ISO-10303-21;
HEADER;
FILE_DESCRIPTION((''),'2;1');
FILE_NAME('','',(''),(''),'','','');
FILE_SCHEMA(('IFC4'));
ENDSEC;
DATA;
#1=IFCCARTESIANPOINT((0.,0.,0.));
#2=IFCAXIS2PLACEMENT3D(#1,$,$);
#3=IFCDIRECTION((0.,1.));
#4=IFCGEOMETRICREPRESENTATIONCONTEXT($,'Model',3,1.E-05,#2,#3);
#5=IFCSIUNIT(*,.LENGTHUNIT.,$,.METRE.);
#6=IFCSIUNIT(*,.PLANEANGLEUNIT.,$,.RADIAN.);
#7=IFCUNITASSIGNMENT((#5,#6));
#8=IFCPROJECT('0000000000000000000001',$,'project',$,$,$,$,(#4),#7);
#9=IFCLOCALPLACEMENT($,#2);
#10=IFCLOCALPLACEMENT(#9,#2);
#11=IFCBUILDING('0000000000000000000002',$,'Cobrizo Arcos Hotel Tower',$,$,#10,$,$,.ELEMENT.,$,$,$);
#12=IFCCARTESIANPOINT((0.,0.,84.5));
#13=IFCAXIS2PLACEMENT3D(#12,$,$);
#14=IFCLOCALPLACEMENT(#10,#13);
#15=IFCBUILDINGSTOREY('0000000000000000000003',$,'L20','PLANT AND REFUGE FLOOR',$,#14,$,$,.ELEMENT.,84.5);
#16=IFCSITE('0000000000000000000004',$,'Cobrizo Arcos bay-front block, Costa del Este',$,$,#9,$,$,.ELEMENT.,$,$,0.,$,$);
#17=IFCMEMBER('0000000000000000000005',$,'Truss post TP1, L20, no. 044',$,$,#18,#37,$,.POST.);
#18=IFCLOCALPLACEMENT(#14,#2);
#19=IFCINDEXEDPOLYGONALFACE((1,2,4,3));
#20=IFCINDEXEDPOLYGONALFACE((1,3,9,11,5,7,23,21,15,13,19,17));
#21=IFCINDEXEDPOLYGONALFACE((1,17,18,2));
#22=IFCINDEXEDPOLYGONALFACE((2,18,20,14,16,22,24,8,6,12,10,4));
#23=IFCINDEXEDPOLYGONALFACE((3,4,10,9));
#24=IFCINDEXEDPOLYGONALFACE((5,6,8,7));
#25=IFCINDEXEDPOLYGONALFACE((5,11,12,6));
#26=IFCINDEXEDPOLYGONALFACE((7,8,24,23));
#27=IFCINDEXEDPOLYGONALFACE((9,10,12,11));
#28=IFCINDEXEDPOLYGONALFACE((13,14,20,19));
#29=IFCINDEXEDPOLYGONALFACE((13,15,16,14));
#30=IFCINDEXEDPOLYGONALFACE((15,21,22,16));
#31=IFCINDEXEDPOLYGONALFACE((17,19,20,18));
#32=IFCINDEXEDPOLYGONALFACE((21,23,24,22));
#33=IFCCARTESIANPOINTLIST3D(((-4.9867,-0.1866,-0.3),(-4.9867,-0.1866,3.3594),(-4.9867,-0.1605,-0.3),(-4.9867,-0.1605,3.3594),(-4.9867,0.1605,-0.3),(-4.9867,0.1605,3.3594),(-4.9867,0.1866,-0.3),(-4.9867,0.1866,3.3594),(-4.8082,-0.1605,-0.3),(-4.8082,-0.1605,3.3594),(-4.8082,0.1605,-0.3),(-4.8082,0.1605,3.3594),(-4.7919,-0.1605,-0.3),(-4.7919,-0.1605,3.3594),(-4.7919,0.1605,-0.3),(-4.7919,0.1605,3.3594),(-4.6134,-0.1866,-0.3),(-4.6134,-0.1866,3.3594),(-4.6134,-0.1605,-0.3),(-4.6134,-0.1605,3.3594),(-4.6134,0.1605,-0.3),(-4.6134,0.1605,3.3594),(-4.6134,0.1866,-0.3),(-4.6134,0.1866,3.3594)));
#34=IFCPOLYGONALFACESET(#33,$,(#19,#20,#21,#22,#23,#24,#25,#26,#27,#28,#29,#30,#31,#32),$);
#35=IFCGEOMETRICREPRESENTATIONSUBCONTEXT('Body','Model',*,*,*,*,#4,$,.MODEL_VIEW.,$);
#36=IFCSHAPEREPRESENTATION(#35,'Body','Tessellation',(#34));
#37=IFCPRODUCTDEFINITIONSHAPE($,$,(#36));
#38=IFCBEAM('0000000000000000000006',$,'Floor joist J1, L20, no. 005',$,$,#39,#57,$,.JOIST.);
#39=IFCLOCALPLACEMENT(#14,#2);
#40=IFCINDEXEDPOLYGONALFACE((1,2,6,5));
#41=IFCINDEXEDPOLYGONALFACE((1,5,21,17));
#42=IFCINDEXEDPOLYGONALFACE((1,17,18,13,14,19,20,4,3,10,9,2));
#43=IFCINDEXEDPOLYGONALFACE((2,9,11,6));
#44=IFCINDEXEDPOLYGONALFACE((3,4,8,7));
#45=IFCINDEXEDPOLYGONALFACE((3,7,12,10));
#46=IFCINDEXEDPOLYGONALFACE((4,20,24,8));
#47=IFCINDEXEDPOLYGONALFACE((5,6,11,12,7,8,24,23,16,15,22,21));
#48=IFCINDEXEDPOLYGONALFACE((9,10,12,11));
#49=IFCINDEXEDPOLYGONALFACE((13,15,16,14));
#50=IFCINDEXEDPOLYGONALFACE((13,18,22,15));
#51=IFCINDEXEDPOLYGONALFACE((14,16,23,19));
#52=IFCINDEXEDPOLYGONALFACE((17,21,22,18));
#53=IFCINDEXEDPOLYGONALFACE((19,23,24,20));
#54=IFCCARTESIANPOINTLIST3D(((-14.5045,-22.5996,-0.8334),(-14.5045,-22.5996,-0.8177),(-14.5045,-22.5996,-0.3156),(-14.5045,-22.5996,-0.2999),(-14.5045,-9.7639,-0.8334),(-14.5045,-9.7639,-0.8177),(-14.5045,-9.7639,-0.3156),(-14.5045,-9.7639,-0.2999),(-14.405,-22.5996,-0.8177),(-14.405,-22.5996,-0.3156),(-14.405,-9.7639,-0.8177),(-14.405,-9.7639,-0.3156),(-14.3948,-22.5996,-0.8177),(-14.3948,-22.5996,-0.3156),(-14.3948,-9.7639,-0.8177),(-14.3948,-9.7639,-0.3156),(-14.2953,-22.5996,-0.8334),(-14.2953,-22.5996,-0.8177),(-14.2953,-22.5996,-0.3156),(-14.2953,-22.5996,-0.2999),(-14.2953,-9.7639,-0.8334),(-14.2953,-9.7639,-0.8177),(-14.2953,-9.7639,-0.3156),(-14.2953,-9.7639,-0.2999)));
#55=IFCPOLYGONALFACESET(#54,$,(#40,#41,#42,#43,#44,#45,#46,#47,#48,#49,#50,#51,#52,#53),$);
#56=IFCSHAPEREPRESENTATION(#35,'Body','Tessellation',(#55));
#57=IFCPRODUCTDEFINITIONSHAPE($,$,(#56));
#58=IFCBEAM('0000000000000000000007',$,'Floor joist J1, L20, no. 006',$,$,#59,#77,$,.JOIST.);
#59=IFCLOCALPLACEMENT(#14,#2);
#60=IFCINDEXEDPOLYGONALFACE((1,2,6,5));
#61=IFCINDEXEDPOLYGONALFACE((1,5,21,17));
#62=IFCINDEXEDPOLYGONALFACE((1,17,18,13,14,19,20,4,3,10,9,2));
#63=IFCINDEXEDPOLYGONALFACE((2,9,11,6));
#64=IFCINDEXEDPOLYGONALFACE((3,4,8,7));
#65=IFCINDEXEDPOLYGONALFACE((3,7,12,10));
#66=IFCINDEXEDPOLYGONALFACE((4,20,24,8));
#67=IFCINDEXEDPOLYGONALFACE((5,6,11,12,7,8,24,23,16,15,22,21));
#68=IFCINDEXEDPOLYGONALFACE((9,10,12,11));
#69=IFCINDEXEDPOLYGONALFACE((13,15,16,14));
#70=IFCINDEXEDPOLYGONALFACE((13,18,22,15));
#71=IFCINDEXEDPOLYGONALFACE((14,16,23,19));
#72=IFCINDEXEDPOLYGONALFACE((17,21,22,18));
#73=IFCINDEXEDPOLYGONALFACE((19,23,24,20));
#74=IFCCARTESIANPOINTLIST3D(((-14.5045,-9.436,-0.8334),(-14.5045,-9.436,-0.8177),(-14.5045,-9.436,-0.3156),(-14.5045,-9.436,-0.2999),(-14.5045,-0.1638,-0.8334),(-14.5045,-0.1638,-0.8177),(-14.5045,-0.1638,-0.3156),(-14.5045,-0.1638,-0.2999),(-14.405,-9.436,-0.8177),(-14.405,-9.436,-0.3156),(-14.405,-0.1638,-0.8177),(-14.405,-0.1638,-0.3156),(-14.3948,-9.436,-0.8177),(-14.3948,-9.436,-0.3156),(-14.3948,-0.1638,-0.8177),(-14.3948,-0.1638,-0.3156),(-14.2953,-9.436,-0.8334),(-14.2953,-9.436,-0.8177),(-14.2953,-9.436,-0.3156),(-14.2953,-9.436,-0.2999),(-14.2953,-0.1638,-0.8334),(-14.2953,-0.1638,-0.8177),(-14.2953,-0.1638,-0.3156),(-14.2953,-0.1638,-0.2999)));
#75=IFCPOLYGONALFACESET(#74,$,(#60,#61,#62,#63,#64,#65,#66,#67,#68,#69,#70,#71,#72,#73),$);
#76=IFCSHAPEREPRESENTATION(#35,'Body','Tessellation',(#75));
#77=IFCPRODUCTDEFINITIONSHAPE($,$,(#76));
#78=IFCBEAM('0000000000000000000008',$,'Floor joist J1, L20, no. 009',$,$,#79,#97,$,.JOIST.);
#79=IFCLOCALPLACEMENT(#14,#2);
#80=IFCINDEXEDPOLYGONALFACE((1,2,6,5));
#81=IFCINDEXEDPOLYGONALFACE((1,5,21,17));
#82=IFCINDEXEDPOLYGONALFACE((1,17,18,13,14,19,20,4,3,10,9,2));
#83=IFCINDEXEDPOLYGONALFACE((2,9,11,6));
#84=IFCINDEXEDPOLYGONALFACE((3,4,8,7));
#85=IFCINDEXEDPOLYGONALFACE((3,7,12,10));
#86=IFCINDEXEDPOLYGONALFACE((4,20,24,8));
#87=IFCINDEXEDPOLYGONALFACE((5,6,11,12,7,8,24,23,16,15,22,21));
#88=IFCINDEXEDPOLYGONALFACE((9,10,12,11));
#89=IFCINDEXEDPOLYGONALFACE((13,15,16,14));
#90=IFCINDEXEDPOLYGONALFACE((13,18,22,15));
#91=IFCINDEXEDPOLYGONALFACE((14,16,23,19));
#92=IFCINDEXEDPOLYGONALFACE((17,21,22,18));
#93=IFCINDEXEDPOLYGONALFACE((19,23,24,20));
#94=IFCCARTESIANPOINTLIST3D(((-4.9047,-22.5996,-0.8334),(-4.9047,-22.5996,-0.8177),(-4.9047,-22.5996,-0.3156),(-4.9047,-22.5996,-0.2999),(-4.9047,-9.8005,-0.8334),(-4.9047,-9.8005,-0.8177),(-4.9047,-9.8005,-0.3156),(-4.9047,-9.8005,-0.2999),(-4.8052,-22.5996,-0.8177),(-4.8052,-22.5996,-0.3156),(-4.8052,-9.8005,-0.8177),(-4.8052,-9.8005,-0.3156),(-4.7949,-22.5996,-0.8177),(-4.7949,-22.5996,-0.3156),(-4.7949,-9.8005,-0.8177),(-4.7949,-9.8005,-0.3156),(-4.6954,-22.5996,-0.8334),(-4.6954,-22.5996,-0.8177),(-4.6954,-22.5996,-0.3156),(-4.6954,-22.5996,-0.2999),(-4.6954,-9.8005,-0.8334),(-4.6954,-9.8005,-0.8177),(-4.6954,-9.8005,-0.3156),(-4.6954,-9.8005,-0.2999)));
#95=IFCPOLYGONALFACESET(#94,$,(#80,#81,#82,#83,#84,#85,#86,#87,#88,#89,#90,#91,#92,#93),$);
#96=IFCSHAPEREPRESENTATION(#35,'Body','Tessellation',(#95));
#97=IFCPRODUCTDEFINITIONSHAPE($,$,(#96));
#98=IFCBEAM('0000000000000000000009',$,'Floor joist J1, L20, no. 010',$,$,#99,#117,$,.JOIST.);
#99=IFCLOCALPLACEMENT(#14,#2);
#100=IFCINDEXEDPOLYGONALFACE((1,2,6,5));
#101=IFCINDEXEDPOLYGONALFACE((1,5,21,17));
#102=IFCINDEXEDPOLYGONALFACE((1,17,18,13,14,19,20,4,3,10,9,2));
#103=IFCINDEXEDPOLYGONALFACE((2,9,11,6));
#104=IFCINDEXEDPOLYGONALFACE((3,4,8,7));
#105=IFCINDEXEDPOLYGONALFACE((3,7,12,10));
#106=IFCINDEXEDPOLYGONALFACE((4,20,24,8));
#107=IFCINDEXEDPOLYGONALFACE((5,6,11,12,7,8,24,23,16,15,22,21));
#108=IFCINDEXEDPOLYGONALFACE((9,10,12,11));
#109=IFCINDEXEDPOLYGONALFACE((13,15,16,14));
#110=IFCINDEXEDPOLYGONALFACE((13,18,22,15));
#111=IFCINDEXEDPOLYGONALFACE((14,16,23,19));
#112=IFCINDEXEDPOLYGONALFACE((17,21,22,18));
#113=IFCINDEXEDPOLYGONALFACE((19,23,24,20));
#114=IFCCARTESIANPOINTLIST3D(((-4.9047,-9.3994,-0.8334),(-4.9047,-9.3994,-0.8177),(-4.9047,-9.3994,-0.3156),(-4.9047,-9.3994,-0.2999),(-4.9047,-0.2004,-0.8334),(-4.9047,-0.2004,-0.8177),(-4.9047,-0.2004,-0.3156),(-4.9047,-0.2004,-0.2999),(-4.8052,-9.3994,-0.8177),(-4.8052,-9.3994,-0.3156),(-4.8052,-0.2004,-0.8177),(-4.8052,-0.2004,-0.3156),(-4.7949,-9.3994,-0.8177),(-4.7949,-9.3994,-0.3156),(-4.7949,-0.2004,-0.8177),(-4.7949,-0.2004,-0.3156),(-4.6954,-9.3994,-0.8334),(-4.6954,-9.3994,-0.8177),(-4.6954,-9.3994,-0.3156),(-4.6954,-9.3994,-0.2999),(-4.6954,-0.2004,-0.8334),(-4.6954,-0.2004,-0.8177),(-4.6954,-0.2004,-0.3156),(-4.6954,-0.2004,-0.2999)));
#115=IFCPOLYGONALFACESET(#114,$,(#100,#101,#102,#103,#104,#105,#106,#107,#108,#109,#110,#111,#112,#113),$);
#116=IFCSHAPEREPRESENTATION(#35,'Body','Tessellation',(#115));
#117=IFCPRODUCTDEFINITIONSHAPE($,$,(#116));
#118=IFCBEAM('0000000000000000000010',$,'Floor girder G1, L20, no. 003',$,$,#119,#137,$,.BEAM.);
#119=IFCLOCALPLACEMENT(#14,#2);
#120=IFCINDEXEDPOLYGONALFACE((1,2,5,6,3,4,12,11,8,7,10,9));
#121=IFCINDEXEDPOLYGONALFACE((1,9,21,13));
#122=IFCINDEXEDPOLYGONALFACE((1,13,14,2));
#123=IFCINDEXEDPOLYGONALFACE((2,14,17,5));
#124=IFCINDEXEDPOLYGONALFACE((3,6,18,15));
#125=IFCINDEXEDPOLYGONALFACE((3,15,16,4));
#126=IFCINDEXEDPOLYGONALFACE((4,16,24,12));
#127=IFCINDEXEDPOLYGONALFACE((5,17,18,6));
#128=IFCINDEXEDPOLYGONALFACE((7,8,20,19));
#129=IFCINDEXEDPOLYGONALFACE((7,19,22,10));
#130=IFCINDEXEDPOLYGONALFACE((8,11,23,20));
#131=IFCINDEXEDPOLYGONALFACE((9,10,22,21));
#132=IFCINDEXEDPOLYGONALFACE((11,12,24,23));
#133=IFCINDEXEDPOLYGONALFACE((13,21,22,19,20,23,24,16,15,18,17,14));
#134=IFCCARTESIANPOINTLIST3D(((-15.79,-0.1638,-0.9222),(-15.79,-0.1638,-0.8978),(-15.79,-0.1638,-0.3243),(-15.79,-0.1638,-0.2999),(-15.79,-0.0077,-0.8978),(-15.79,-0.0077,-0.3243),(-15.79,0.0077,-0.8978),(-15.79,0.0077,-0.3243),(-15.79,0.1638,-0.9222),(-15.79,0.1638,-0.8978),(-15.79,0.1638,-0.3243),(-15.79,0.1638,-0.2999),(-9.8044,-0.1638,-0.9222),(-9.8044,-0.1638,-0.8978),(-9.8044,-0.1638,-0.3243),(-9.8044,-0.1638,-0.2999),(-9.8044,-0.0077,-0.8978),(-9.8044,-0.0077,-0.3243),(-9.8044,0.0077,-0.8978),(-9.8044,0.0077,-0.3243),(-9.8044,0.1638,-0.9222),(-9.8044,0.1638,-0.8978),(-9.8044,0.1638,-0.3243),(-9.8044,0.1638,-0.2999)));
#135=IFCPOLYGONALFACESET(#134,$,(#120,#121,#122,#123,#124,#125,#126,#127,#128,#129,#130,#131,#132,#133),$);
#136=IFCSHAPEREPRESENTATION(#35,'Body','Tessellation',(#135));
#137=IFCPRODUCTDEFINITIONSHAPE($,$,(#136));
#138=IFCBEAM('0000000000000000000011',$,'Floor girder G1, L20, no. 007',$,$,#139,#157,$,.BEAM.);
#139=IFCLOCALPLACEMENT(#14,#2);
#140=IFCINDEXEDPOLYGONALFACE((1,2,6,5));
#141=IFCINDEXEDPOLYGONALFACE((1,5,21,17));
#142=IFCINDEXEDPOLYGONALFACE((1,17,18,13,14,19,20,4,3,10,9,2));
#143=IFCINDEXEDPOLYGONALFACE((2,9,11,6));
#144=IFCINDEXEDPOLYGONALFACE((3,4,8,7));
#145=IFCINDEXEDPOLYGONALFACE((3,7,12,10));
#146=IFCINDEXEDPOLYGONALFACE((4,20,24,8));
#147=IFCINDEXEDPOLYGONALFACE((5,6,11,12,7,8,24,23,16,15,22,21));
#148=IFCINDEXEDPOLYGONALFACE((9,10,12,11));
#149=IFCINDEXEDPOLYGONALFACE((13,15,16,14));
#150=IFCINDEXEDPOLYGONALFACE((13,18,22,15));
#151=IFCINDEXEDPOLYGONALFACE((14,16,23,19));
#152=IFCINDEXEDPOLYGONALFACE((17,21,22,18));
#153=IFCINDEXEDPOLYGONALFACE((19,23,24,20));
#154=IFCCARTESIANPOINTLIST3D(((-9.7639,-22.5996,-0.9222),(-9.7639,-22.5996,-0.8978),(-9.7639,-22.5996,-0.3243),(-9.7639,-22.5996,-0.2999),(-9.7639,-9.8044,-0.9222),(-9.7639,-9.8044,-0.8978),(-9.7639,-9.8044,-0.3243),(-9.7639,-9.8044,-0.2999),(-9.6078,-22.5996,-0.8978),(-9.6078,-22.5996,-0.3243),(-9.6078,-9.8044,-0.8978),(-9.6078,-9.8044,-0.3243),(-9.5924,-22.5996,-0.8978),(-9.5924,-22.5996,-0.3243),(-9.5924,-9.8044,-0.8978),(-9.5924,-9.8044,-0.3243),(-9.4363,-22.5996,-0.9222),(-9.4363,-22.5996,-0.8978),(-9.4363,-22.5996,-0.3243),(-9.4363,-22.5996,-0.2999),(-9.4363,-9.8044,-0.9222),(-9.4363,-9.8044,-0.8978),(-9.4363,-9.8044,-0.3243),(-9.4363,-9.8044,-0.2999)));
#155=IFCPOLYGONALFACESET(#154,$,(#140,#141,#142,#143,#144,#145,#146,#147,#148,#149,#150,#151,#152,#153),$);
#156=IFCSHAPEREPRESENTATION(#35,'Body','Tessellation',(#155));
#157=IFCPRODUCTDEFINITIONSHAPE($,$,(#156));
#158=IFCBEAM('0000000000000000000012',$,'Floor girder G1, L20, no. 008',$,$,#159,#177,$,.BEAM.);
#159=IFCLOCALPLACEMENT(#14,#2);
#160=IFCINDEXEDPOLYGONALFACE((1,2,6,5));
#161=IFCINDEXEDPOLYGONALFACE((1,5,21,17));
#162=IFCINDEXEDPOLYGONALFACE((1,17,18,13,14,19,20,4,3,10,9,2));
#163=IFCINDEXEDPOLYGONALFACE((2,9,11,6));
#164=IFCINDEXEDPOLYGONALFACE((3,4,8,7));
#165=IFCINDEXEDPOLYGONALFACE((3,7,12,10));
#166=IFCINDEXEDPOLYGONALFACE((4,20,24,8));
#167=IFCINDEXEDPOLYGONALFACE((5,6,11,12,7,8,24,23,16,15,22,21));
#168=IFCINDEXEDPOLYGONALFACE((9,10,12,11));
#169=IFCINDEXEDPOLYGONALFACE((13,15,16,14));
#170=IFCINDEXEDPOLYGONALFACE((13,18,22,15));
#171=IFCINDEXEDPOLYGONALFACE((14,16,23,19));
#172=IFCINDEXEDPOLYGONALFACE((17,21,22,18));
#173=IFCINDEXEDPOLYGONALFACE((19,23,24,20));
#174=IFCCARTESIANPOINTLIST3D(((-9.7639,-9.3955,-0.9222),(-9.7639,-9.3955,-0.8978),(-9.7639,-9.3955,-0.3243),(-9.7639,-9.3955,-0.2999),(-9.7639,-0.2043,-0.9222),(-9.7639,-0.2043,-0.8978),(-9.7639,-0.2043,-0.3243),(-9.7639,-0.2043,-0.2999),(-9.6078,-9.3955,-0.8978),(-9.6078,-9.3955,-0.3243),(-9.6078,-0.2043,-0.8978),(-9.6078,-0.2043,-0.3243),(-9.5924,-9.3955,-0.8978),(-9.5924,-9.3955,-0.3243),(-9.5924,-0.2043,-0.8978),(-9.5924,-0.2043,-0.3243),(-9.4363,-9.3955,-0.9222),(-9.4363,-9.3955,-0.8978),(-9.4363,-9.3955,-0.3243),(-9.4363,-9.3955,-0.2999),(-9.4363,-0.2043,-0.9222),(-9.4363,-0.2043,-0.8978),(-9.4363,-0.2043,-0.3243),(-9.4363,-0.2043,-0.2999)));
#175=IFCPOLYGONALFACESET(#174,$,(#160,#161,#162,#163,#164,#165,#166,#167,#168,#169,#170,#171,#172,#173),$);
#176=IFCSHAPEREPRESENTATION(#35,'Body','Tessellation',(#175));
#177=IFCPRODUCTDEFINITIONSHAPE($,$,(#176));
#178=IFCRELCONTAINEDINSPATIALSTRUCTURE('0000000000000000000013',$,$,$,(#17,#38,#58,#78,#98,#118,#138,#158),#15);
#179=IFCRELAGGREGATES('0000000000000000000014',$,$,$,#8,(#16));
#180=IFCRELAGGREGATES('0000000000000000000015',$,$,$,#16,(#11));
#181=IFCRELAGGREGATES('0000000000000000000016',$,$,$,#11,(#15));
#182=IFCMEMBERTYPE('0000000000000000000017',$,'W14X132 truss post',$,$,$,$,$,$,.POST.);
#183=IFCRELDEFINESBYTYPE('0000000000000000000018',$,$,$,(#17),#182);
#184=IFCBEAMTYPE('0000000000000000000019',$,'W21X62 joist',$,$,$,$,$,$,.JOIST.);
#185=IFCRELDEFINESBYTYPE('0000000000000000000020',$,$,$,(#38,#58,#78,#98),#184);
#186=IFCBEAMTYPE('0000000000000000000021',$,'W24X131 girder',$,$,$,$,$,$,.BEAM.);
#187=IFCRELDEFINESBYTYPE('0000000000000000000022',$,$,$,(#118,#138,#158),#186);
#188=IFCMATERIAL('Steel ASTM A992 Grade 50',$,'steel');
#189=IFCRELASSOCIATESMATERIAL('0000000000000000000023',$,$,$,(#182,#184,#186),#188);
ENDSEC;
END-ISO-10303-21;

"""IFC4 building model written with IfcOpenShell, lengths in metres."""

from ifc_helpers import new_model, si_unit, direction, frame, origin, origin_2d, place, context, subcontext, project, spatial, i_section, extrude, material, material_profile, profile_set, type_object, element, save


model = new_model("IFC4")

# Units and contexts
model_context = context("Model", 3, precision=1e-05, world=origin(), true_north=direction((0.0, 1.0)))
body_context = subcontext(model_context, "Body", "Model", "MODEL_VIEW")
ifc_project = project(units=[si_unit("LENGTHUNIT", "METRE"), si_unit("PLANEANGLEUNIT", "RADIAN")], contexts=[model_context])

# Site, building, storey
site_placement = place(None, origin())
site = spatial("IfcSite", under=ifc_project, at=site_placement, Name="Cobrizo Arcos bay-front block, Costa del Este", CompositionType="ELEMENT", RefElevation=0.0)
building_placement = place(site_placement, origin())
building = spatial("IfcBuilding", under=site, at=building_placement, Name="Cobrizo Arcos Hotel Tower", CompositionType="ELEMENT")
storey_placement = place(building_placement, frame((0.0, 0.0, 84.5)))
storey = spatial("IfcBuildingStorey", under=building, at=storey_placement, Name="L20", Description="PLANT AND REFUGE FLOOR", CompositionType="ELEMENT", Elevation=84.5)

# Shared definitions
ifc_material_1 = material(Name="Steel ASTM A992 Grade 50", Category="steel")

# Member
ifc_material_profile_1 = material_profile(ifc_material_1, i_section(OverallWidth=0.3733, OverallDepth=0.3733, WebThickness=0.0164, FlangeThickness=0.0261, at=origin_2d()), Name="W14X132")
ifc_profile_set_1 = profile_set([ifc_material_profile_1], Name="Steel ASTM A992 Grade 50")
member_type_1 = type_object("IfcMemberType", Name="W14X132 truss post", PredefinedType="POST", material=ifc_profile_set_1)
for number, where, z_axis, x_axis, name in (
    (1, (-4.8, 0.0, -0.3), (0.0, 0.0, 1.0), (1.0, 0.0, 0.0), "Truss post TP1, L20, no. 044"),
):
    element("IfcMember", number, at=place(storey_placement, frame(where, z_axis=z_axis, x_axis=x_axis)), inside=storey, type_object=member_type_1, Name=name, PredefinedType="POST", context=body_context, shape_type="SweptSolid", body=[
        extrude(i_section(OverallWidth=0.3733, OverallDepth=0.3733, WebThickness=0.0164, FlangeThickness=0.0261, at=origin_2d()), origin(), (0.0, 0.0, 1.0), 3.6594),
    ])

# Beams
ifc_material_profile_2 = material_profile(ifc_material_1, i_section(OverallWidth=0.2092, OverallDepth=0.5334, WebThickness=0.0103, FlangeThickness=0.0156, at=origin_2d()), Name="W21X62")
ifc_profile_set_2 = profile_set([ifc_material_profile_2], Name="Steel ASTM A992 Grade 50")
beam_type_1 = type_object("IfcBeamType", Name="W21X62 joist", PredefinedType="JOIST", material=ifc_profile_set_2)
beam_1_placement = place(storey_placement, frame((-14.3999, -22.5996, -0.5667), z_axis=(0.0, 1.0, 0.0), x_axis=(-1.0, 0.0, 0.0)))
element("IfcBeam", 2, at=beam_1_placement, inside=storey, type_object=beam_type_1, Name="Floor joist J1, L20, no. 005", PredefinedType="JOIST", context=body_context, shape_type="SweptSolid", body=[
    extrude(i_section(OverallWidth=0.2092, OverallDepth=0.5334, WebThickness=0.0103, FlangeThickness=0.0156, at=origin_2d()), origin(), (0.0, 0.0, 1.0), 12.8357),
])
beam_2_placement = place(storey_placement, frame((-14.3999, -9.436, -0.5667), z_axis=(0.0, 1.0, 0.0), x_axis=(-1.0, 0.0, 0.0)))
element("IfcBeam", 3, at=beam_2_placement, inside=storey, type_object=beam_type_1, Name="Floor joist J1, L20, no. 006", PredefinedType="JOIST", context=body_context, shape_type="SweptSolid", body=[
    extrude(i_section(OverallWidth=0.2092, OverallDepth=0.5334, WebThickness=0.0103, FlangeThickness=0.0156, at=origin_2d()), origin(), (0.0, 0.0, 1.0), 9.2722),
])
beam_3_placement = place(storey_placement, frame((-4.8, -22.5996, -0.5667), z_axis=(0.0, 1.0, 0.0), x_axis=(-1.0, 0.0, 0.0)))
element("IfcBeam", 4, at=beam_3_placement, inside=storey, type_object=beam_type_1, Name="Floor joist J1, L20, no. 009", PredefinedType="JOIST", context=body_context, shape_type="SweptSolid", body=[
    extrude(i_section(OverallWidth=0.2092, OverallDepth=0.5334, WebThickness=0.0103, FlangeThickness=0.0156, at=origin_2d()), origin(), (0.0, 0.0, 1.0), 12.7991),
])
beam_4_placement = place(storey_placement, frame((-4.8, -9.3994, -0.5667), z_axis=(0.0, 1.0, 0.0), x_axis=(-1.0, 0.0, 0.0)))
element("IfcBeam", 5, at=beam_4_placement, inside=storey, type_object=beam_type_1, Name="Floor joist J1, L20, no. 010", PredefinedType="JOIST", context=body_context, shape_type="SweptSolid", body=[
    extrude(i_section(OverallWidth=0.2092, OverallDepth=0.5334, WebThickness=0.0103, FlangeThickness=0.0156, at=origin_2d()), origin(), (0.0, 0.0, 1.0), 9.199),
])
ifc_material_profile_3 = material_profile(ifc_material_1, i_section(OverallWidth=0.3276, OverallDepth=0.6223, WebThickness=0.0154, FlangeThickness=0.0244, at=origin_2d()), Name="W24X131")
ifc_profile_set_3 = profile_set([ifc_material_profile_3], Name="Steel ASTM A992 Grade 50")
beam_type_2 = type_object("IfcBeamType", Name="W24X131 girder", PredefinedType="BEAM", material=ifc_profile_set_3)
beam_5_placement = place(storey_placement, frame((-15.79, 0.0, -0.6111), z_axis=(1.0, 0.0, 0.0), x_axis=(0.0, 1.0, 0.0)))
element("IfcBeam", 6, at=beam_5_placement, inside=storey, type_object=beam_type_2, Name="Floor girder G1, L20, no. 003", PredefinedType="BEAM", context=body_context, shape_type="SweptSolid", body=[
    extrude(i_section(OverallWidth=0.3276, OverallDepth=0.6223, WebThickness=0.0154, FlangeThickness=0.0244, at=origin_2d()), origin(), (0.0, 0.0, 1.0), 5.9856),
])
beam_6_placement = place(storey_placement, frame((-9.6001, -22.5996, -0.6111), z_axis=(0.0, 1.0, 0.0), x_axis=(-1.0, 0.0, 0.0)))
element("IfcBeam", 7, at=beam_6_placement, inside=storey, type_object=beam_type_2, Name="Floor girder G1, L20, no. 007", PredefinedType="BEAM", context=body_context, shape_type="SweptSolid", body=[
    extrude(i_section(OverallWidth=0.3276, OverallDepth=0.6223, WebThickness=0.0154, FlangeThickness=0.0244, at=origin_2d()), origin(), (0.0, 0.0, 1.0), 12.7952),
])
beam_7_placement = place(storey_placement, frame((-9.6001, -9.3955, -0.6111), z_axis=(0.0, 1.0, 0.0), x_axis=(-1.0, 0.0, 0.0)))
element("IfcBeam", 8, at=beam_7_placement, inside=storey, type_object=beam_type_2, Name="Floor girder G1, L20, no. 008", PredefinedType="BEAM", context=body_context, shape_type="SweptSolid", body=[
    extrude(i_section(OverallWidth=0.3276, OverallDepth=0.6223, WebThickness=0.0154, FlangeThickness=0.0244, at=origin_2d()), origin(), (0.0, 0.0, 1.0), 9.1912),
])

save(model, "model.ifc")
